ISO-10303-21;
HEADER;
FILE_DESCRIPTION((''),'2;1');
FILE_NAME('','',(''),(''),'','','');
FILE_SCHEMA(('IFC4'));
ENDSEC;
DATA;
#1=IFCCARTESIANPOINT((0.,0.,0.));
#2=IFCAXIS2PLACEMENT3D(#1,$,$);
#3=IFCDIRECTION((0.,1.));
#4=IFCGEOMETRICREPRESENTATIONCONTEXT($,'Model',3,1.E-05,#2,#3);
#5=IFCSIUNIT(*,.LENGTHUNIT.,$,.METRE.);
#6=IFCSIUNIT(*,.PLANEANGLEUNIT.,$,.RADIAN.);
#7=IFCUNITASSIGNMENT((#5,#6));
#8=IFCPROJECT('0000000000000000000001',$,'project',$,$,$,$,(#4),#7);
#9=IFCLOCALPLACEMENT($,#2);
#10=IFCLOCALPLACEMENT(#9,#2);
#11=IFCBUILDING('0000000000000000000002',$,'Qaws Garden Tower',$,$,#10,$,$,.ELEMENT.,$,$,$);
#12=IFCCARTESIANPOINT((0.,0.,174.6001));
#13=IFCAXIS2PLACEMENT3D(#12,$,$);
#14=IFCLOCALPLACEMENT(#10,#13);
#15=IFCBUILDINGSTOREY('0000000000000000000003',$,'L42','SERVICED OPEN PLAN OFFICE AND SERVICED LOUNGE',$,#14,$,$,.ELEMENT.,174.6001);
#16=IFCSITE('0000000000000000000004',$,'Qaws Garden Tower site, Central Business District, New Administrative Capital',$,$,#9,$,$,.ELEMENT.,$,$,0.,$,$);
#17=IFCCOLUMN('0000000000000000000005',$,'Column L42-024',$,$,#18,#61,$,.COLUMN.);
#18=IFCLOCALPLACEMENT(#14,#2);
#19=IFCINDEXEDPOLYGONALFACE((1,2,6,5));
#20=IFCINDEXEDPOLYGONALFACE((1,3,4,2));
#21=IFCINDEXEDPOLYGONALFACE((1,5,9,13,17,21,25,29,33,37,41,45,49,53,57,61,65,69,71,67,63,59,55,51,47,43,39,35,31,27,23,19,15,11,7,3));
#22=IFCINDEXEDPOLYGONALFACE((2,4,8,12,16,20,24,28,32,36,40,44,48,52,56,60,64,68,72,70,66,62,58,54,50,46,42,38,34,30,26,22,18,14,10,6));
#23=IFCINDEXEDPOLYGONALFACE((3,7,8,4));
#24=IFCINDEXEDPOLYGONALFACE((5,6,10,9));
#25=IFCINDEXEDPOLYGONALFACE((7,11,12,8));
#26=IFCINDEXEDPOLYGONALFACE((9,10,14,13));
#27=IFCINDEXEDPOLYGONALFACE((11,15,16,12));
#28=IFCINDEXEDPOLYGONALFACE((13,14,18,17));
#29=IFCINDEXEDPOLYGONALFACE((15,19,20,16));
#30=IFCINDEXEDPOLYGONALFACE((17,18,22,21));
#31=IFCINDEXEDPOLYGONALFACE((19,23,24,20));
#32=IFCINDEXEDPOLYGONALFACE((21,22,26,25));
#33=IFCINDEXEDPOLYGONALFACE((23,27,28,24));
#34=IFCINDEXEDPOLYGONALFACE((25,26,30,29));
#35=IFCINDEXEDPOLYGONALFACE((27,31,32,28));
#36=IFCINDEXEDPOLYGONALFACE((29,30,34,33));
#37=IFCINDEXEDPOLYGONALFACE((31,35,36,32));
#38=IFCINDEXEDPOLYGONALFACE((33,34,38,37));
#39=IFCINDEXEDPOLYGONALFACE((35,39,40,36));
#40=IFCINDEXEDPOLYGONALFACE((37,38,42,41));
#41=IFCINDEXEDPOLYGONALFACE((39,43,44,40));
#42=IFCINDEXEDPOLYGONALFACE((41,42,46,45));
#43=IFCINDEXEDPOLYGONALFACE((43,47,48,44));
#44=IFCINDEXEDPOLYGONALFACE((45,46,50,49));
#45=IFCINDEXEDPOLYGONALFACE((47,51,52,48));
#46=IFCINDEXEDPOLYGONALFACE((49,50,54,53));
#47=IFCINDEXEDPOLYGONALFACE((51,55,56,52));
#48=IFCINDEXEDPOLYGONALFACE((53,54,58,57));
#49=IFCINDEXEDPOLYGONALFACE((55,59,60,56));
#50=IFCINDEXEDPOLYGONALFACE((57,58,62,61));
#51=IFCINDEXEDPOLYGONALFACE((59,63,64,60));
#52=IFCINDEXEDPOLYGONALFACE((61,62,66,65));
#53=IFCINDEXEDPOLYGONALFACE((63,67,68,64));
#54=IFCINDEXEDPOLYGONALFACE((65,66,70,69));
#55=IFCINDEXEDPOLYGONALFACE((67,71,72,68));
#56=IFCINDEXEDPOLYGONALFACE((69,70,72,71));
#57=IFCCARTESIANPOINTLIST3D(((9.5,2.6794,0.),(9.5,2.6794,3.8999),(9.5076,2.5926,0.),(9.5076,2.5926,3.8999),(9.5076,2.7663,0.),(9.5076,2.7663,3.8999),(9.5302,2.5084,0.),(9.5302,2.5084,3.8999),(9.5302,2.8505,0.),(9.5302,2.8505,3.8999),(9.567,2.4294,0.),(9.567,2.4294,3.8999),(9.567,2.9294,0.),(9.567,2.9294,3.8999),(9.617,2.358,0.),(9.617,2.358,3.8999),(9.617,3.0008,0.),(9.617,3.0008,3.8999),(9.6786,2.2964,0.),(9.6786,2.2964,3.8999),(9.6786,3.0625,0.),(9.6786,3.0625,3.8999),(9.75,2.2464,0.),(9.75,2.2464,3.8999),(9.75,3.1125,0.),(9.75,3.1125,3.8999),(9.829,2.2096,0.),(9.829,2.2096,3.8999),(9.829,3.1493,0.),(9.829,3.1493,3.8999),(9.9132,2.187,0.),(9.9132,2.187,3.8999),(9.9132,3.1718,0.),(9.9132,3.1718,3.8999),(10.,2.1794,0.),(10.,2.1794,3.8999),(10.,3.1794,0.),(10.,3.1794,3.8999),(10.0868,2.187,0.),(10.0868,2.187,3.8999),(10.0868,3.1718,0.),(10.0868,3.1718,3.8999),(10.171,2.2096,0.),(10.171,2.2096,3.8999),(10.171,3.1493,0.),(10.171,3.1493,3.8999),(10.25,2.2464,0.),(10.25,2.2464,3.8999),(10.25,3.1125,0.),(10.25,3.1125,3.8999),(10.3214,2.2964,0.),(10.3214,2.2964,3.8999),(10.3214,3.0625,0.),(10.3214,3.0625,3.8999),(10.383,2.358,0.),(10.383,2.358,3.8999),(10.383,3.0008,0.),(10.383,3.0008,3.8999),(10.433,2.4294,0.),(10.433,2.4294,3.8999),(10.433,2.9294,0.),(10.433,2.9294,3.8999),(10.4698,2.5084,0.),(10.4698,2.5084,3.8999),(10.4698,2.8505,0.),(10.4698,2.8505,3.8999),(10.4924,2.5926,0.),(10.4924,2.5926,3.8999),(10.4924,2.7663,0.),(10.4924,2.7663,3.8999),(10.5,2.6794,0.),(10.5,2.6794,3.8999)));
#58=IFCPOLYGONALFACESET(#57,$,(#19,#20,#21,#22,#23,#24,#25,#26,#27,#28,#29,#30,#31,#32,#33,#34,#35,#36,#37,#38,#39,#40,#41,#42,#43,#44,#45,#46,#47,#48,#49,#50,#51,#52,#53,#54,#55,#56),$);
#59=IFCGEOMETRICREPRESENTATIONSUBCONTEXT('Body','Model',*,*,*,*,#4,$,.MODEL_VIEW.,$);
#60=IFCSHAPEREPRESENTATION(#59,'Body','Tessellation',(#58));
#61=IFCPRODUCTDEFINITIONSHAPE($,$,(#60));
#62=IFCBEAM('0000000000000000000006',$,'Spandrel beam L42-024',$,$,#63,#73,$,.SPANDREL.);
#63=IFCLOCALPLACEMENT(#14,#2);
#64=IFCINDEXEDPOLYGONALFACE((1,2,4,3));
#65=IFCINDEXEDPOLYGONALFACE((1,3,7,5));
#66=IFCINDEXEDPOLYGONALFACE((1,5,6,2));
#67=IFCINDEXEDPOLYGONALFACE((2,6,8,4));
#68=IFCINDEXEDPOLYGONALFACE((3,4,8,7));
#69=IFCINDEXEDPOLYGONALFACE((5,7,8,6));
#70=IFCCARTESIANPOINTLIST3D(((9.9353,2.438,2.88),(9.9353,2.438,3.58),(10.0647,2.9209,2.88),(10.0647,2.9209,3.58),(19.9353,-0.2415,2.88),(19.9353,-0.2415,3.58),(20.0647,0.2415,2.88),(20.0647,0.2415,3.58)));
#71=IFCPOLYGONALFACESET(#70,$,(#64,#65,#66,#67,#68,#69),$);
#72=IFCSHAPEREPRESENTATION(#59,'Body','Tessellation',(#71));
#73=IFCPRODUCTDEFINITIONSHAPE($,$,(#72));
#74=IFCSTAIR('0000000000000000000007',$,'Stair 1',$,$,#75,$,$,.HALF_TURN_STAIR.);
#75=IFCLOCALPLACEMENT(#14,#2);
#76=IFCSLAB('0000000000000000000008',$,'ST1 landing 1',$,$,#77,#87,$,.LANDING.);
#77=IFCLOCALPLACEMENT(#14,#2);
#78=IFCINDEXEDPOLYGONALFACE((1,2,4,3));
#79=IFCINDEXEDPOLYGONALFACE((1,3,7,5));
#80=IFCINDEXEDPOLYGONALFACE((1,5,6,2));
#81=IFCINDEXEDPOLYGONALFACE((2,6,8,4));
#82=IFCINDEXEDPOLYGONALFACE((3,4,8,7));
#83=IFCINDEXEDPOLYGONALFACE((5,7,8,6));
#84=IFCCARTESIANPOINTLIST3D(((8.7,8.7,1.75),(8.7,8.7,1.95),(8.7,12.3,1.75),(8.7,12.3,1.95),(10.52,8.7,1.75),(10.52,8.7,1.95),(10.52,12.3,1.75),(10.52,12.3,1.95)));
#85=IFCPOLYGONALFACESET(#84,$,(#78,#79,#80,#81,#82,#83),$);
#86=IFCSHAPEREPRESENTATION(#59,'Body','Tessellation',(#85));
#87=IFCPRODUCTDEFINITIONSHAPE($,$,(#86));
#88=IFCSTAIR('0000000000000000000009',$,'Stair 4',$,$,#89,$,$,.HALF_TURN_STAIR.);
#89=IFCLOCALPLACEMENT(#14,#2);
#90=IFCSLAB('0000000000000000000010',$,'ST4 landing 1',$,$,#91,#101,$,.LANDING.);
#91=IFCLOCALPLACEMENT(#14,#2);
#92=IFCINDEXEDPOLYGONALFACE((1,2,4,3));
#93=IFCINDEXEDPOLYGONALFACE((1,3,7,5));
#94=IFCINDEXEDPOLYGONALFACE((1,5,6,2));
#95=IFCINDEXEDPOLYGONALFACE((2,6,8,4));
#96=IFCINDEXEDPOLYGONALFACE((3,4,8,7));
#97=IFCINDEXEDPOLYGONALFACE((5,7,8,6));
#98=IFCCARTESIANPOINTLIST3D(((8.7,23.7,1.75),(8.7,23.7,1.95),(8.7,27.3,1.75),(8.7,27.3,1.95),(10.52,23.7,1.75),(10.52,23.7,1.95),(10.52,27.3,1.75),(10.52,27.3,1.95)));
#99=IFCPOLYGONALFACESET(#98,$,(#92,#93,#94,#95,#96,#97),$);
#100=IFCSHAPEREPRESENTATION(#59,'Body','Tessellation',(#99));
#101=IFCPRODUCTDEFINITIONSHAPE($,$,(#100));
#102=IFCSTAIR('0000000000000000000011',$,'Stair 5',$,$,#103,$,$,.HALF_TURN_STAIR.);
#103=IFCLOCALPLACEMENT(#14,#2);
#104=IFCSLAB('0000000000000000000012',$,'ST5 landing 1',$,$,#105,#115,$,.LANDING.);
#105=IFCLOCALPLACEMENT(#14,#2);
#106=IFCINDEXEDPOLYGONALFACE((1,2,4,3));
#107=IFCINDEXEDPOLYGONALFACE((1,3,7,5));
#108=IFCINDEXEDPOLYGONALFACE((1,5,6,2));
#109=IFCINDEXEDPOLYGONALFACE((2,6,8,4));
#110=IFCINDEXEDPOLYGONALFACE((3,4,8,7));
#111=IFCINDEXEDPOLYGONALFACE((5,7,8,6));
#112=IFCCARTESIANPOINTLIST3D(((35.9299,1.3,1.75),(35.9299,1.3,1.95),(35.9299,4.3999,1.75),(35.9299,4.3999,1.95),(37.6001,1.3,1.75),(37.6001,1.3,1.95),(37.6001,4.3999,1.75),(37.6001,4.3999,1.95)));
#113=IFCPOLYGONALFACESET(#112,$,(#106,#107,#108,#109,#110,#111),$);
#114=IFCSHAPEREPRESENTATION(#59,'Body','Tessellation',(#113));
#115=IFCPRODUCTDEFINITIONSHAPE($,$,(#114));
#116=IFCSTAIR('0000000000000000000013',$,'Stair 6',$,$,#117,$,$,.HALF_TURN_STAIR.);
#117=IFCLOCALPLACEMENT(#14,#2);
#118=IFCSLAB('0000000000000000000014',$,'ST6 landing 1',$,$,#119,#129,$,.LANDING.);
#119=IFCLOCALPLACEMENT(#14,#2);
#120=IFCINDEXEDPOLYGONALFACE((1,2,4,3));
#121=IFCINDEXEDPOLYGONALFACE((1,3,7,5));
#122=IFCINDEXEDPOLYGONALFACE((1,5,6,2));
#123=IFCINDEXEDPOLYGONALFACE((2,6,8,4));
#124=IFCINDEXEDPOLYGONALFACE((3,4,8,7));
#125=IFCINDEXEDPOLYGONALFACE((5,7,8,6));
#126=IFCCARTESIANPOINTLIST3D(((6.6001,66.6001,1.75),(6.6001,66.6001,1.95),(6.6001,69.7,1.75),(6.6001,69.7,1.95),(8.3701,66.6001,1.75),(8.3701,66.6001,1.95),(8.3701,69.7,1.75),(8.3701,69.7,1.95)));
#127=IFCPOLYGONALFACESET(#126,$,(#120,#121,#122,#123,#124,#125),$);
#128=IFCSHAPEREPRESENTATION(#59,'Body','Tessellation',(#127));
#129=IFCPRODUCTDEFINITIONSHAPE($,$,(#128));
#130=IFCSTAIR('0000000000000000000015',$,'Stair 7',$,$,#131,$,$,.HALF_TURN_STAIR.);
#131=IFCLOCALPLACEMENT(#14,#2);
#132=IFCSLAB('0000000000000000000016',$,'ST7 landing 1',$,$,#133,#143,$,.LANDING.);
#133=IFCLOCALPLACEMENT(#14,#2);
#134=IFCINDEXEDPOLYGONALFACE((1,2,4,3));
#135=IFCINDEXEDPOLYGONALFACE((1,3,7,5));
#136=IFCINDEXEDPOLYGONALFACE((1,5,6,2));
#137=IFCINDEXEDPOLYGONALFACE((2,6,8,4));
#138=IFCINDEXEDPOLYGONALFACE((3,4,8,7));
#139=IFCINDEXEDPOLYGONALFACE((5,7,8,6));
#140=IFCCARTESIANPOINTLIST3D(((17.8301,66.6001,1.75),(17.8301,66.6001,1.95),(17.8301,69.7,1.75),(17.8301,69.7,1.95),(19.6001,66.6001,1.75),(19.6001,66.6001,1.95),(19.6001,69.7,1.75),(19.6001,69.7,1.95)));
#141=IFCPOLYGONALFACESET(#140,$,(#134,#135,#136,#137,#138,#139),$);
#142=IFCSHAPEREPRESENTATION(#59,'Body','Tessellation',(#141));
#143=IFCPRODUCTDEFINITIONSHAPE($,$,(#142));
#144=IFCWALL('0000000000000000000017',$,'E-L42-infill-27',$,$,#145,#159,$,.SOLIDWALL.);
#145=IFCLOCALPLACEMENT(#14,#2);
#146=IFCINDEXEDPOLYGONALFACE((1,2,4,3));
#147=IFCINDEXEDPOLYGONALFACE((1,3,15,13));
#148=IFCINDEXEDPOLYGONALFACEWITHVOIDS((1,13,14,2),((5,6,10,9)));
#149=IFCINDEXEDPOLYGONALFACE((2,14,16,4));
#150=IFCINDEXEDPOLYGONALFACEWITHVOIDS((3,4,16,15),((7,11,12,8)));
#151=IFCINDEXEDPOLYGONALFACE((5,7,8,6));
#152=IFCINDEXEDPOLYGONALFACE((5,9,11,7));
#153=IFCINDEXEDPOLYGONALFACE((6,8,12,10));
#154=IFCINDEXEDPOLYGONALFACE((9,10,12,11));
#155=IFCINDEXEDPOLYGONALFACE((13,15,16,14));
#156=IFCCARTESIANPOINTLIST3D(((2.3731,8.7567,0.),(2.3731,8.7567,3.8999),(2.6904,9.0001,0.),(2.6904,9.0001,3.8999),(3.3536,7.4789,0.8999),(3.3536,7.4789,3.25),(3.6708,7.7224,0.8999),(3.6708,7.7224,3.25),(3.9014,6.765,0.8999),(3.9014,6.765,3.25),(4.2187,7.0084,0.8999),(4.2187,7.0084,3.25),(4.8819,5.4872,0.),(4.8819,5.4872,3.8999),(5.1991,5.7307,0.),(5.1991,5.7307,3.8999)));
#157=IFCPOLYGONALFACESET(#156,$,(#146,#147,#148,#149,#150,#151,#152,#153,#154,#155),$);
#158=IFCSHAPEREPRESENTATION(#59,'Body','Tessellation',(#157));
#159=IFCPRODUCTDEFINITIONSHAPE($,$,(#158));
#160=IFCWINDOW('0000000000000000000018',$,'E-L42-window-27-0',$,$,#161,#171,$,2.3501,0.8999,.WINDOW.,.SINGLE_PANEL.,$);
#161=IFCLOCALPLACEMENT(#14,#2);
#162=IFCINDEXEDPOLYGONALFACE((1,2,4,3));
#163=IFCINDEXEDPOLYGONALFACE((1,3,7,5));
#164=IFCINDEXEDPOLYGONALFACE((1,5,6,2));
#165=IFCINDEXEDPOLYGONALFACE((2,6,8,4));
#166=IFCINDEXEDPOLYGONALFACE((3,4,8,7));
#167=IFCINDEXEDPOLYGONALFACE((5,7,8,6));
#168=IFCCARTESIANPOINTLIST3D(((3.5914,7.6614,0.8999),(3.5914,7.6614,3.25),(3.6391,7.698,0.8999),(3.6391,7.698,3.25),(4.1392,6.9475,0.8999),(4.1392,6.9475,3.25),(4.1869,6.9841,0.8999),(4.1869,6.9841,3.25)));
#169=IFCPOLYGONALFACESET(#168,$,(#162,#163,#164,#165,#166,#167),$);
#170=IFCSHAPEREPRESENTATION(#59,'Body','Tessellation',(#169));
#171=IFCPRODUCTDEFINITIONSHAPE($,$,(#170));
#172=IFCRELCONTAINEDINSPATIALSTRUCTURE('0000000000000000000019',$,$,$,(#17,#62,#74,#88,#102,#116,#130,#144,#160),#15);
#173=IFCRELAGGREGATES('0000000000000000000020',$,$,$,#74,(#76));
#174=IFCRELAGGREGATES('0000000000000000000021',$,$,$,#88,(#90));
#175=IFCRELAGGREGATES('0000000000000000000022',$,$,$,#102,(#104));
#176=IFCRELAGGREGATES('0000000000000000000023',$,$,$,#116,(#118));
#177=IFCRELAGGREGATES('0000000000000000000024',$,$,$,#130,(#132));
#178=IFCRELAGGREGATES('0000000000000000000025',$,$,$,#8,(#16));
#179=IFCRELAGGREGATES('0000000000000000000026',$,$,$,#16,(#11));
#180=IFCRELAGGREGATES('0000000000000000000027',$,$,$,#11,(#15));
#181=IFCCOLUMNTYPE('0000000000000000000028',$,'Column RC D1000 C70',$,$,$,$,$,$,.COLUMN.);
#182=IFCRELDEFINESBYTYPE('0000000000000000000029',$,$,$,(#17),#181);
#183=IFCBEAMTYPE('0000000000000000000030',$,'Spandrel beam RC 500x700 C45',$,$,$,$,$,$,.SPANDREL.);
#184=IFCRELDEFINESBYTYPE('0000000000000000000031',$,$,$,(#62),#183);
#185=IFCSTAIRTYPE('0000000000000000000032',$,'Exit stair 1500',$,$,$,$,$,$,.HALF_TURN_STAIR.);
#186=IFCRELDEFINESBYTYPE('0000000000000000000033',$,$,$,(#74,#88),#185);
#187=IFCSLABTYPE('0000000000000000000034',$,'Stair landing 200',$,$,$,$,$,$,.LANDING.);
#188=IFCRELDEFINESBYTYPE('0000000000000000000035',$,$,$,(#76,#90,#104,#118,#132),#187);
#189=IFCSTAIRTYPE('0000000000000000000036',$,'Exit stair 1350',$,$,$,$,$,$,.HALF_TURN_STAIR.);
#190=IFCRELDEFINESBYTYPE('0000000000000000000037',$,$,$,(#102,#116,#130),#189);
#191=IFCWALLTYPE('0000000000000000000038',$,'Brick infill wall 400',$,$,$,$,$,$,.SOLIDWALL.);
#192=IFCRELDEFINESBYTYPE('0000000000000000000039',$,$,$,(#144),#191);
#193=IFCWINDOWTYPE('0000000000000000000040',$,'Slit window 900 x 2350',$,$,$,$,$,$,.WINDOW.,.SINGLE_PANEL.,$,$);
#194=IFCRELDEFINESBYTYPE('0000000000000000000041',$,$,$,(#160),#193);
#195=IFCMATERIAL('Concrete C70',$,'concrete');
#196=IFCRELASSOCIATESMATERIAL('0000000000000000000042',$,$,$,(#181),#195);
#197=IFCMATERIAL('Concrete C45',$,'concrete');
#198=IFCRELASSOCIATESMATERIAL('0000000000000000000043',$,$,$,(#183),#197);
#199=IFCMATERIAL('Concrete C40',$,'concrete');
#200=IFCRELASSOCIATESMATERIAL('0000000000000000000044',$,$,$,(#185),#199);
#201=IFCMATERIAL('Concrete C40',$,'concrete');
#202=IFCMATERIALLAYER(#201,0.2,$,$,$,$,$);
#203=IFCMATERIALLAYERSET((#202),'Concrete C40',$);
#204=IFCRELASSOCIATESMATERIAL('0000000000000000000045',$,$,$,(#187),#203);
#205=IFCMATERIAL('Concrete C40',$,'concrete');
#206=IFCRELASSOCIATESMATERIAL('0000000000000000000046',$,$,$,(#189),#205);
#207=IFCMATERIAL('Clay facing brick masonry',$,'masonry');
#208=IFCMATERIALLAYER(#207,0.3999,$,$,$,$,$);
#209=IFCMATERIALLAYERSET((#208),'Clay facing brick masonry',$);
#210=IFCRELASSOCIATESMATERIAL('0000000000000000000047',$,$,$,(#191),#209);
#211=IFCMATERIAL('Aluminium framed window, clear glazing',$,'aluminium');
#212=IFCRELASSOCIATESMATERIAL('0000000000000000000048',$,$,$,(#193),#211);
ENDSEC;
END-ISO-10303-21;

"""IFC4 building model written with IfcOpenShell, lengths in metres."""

from ifc_helpers import new_model, si_unit, direction, frame, frame_2d, origin, origin_2d, place, context, subcontext, project, spatial, polyline, rectangle, circle, outline, extrude, material, layer, layer_set, material_profile, profile_set, type_object, element, fill, aggregate, save


model = new_model("IFC4")

# Units and contexts
model_context = context("Model", 3, precision=1e-05, world=origin(), true_north=direction((0.0, 1.0)))
body_context = subcontext(model_context, "Body", "Model", "MODEL_VIEW")
ifc_project = project(units=[si_unit("LENGTHUNIT", "METRE"), si_unit("PLANEANGLEUNIT", "RADIAN")], contexts=[model_context])

# Site, building, storey
site_placement = place(None, origin())
site = spatial("IfcSite", under=ifc_project, at=site_placement, Name="Qaws Garden Tower site, Central Business District, New Administrative Capital", CompositionType="ELEMENT", RefElevation=0.0)
building_placement = place(site_placement, origin())
building = spatial("IfcBuilding", under=site, at=building_placement, Name="Qaws Garden Tower", CompositionType="ELEMENT")
storey_placement = place(building_placement, frame((0.0, 0.0, 174.6001)))
storey = spatial("IfcBuildingStorey", under=building, at=storey_placement, Name="L42", Description="SERVICED OPEN PLAN OFFICE AND SERVICED LOUNGE", CompositionType="ELEMENT", Elevation=174.6001)

# Column
ifc_material_1 = material(Name="Concrete C70", Category="concrete")
ifc_material_profile_1 = material_profile(ifc_material_1, circle(Radius=0.5, at=origin_2d()), Name="RC D1000")
ifc_profile_set_1 = profile_set([ifc_material_profile_1], Name="Concrete C70")
column_type = type_object("IfcColumnType", Name="Column RC D1000 C70", PredefinedType="COLUMN", material=ifc_profile_set_1)
column_placement = place(storey_placement, frame((10.0, 2.6794, 0.0), z_axis=(0.0, 0.0, 1.0), x_axis=(1.0, 0.0, 0.0)))
element("IfcColumn", 1, at=column_placement, inside=storey, type_object=column_type, Name="Column L42-024", PredefinedType="COLUMN", context=body_context, shape_type="SweptSolid", body=[
    extrude(circle(Radius=0.5, at=origin_2d()), origin(), (0.0, 0.0, 1.0), 3.8999),
])

# Beam
ifc_material_2 = material(Name="Concrete C45", Category="concrete")
ifc_material_profile_2 = material_profile(ifc_material_2, rectangle(XDim=0.5, YDim=0.7, at=origin_2d()), Name="RC 500x700")
ifc_profile_set_2 = profile_set([ifc_material_profile_2], Name="Concrete C45")
beam_type = type_object("IfcBeamType", Name="Spandrel beam RC 500x700 C45", PredefinedType="SPANDREL", material=ifc_profile_set_2)
beam_placement = place(storey_placement, frame((10.0, 2.6794, 3.23), z_axis=(0.965927, -0.258815, 0.0), x_axis=(0.258815, 0.965927, 0.0)))
element("IfcBeam", 2, at=beam_placement, inside=storey, type_object=beam_type, Name="Spandrel beam L42-024", PredefinedType="SPANDREL", context=body_context, shape_type="SweptSolid", body=[
    extrude(rectangle(XDim=0.5, YDim=0.7, at=origin_2d()), origin(), (0.0, 0.0, 1.0), 10.3528),
])

# Stairs, slabs
ifc_material_3 = material(Name="Concrete C40", Category="concrete")
stair_type_1 = type_object("IfcStairType", Name="Exit stair 1500", PredefinedType="HALF_TURN_STAIR", material=ifc_material_3)
placement_1 = place(storey_placement, origin())
stair_1 = element("IfcStair", 3, at=placement_1, inside=storey, type_object=stair_type_1, Name="Stair 1", PredefinedType="HALF_TURN_STAIR")
ifc_material_4 = material(Name="Concrete C40", Category="concrete")
ifc_layer_1 = layer(ifc_material_4, 0.2)
ifc_layer_set_1 = layer_set([ifc_layer_1], Name="Concrete C40")
slab_type = type_object("IfcSlabType", Name="Stair landing 200", PredefinedType="LANDING", material=ifc_layer_set_1)
placement_2 = place(storey_placement, frame((0.0, 0.0, 1.75)))
slab_1 = element("IfcSlab", 4, at=placement_2, type_object=slab_type, Name="ST1 landing 1", PredefinedType="LANDING", context=body_context, shape_type="SweptSolid", body=[
    extrude(outline(polyline([(8.7, 8.7), (10.52, 8.7), (10.52, 12.3), (8.7, 12.3), (8.7, 8.7)])), origin(), (0.0, 0.0, 1.0), 0.2),
])
aggregate(stair_1, [slab_1])
stair_2 = element("IfcStair", 5, at=placement_1, inside=storey, type_object=stair_type_1, Name="Stair 4", PredefinedType="HALF_TURN_STAIR")
slab_2 = element("IfcSlab", 6, at=placement_2, type_object=slab_type, Name="ST4 landing 1", PredefinedType="LANDING", context=body_context, shape_type="SweptSolid", body=[
    extrude(outline(polyline([(8.7, 23.7), (10.52, 23.7), (10.52, 27.3), (8.7, 27.3), (8.7, 23.7)])), origin(), (0.0, 0.0, 1.0), 0.2),
])
aggregate(stair_2, [slab_2])
ifc_material_5 = material(Name="Concrete C40", Category="concrete")
stair_type_2 = type_object("IfcStairType", Name="Exit stair 1350", PredefinedType="HALF_TURN_STAIR", material=ifc_material_5)
stair_3 = element("IfcStair", 7, at=placement_1, inside=storey, type_object=stair_type_2, Name="Stair 5", PredefinedType="HALF_TURN_STAIR")
slab_3 = element("IfcSlab", 8, at=placement_2, type_object=slab_type, Name="ST5 landing 1", PredefinedType="LANDING", context=body_context, shape_type="SweptSolid", body=[
    extrude(outline(polyline([(35.9299, 1.3), (37.6001, 1.3), (37.6001, 4.3999), (35.9299, 4.3999), (35.9299, 1.3)])), origin(), (0.0, 0.0, 1.0), 0.2),
])
aggregate(stair_3, [slab_3])
stair_4 = element("IfcStair", 9, at=placement_1, inside=storey, type_object=stair_type_2, Name="Stair 6", PredefinedType="HALF_TURN_STAIR")
slab_4 = element("IfcSlab", 10, at=placement_2, type_object=slab_type, Name="ST6 landing 1", PredefinedType="LANDING", context=body_context, shape_type="SweptSolid", body=[
    extrude(outline(polyline([(6.6001, 66.6001), (8.3701, 66.6001), (8.3701, 69.7), (6.6001, 69.7), (6.6001, 66.6001)])), origin(), (0.0, 0.0, 1.0), 0.2),
])
aggregate(stair_4, [slab_4])
stair_5 = element("IfcStair", 11, at=placement_1, inside=storey, type_object=stair_type_2, Name="Stair 7", PredefinedType="HALF_TURN_STAIR")
slab_5 = element("IfcSlab", 12, at=placement_2, type_object=slab_type, Name="ST7 landing 1", PredefinedType="LANDING", context=body_context, shape_type="SweptSolid", body=[
    extrude(outline(polyline([(17.8301, 66.6001), (19.6001, 66.6001), (19.6001, 69.7), (17.8301, 69.7), (17.8301, 66.6001)])), origin(), (0.0, 0.0, 1.0), 0.2),
])
aggregate(stair_5, [slab_5])

# Wall, opening, window
ifc_material_6 = material(Name="Clay facing brick masonry", Category="masonry")
ifc_layer_2 = layer(ifc_material_6, 0.3999)
ifc_layer_set_2 = layer_set([ifc_layer_2], Name="Clay facing brick masonry")
wall_type_1 = type_object("IfcWallType", Name="Brick infill wall 400", PredefinedType="SOLIDWALL", material=ifc_layer_set_2)
wall_1_placement = place(storey_placement, frame((2.5317, 8.8784, 0.0), z_axis=(0.0, 0.0, 1.0), x_axis=(0.60876, -0.793355, 0.0)))
wall_1 = element("IfcWall", 13, at=wall_1_placement, inside=storey, type_object=wall_type_1, Name="E-L42-infill-27", PredefinedType="SOLIDWALL", context=body_context, shape_type="SweptSolid", body=[
    extrude(rectangle(XDim=4.1211, YDim=0.3999, at=frame_2d((2.0605, 0.0))), origin(), (0.0, 0.0, 1.0), 3.8999),
])
opening_1_placement = place(wall_1_placement, frame((1.6106, 0.0, 0.8999)))
opening_1 = element("IfcOpeningElement", 14, at=opening_1_placement, cuts=wall_1, PredefinedType="OPENING", context=body_context, shape_type="SweptSolid", body=[
    extrude(rectangle(XDim=0.8999, YDim=2.3501, at=frame_2d((0.45, 1.175))), frame((0.0, 0.21, 0.0), z_axis=(0.0, -1.0, 0.0), x_axis=(1.0, 0.0, 0.0)), (0.0, 0.0, 1.0), 0.4199),
])
ifc_material_7 = material(Name="Aluminium framed window, clear glazing", Category="aluminium")
window_type = type_object("IfcWindowType", Name="Slit window 900 x 2350", PartitioningType="SINGLE_PANEL", PredefinedType="WINDOW", material=ifc_material_7)
window_1_placement = place(opening_1_placement, origin())
window_1 = element("IfcWindow", 15, at=window_1_placement, inside=storey, type_object=window_type, Name="E-L42-window-27-0", OverallHeight=2.3501, OverallWidth=0.8999, PartitioningType="SINGLE_PANEL", PredefinedType="WINDOW", context=body_context, shape_type="SweptSolid", body=[
    extrude(rectangle(XDim=0.8999, YDim=2.3501, at=frame_2d((0.45, 1.175))), frame((0.0, 0.1599, 0.0), z_axis=(0.0, -1.0, 0.0), x_axis=(1.0, 0.0, 0.0)), (0.0, 0.0, 1.0), 0.0601),
])
fill(opening_1, window_1)

save(model, "model.ifc")
